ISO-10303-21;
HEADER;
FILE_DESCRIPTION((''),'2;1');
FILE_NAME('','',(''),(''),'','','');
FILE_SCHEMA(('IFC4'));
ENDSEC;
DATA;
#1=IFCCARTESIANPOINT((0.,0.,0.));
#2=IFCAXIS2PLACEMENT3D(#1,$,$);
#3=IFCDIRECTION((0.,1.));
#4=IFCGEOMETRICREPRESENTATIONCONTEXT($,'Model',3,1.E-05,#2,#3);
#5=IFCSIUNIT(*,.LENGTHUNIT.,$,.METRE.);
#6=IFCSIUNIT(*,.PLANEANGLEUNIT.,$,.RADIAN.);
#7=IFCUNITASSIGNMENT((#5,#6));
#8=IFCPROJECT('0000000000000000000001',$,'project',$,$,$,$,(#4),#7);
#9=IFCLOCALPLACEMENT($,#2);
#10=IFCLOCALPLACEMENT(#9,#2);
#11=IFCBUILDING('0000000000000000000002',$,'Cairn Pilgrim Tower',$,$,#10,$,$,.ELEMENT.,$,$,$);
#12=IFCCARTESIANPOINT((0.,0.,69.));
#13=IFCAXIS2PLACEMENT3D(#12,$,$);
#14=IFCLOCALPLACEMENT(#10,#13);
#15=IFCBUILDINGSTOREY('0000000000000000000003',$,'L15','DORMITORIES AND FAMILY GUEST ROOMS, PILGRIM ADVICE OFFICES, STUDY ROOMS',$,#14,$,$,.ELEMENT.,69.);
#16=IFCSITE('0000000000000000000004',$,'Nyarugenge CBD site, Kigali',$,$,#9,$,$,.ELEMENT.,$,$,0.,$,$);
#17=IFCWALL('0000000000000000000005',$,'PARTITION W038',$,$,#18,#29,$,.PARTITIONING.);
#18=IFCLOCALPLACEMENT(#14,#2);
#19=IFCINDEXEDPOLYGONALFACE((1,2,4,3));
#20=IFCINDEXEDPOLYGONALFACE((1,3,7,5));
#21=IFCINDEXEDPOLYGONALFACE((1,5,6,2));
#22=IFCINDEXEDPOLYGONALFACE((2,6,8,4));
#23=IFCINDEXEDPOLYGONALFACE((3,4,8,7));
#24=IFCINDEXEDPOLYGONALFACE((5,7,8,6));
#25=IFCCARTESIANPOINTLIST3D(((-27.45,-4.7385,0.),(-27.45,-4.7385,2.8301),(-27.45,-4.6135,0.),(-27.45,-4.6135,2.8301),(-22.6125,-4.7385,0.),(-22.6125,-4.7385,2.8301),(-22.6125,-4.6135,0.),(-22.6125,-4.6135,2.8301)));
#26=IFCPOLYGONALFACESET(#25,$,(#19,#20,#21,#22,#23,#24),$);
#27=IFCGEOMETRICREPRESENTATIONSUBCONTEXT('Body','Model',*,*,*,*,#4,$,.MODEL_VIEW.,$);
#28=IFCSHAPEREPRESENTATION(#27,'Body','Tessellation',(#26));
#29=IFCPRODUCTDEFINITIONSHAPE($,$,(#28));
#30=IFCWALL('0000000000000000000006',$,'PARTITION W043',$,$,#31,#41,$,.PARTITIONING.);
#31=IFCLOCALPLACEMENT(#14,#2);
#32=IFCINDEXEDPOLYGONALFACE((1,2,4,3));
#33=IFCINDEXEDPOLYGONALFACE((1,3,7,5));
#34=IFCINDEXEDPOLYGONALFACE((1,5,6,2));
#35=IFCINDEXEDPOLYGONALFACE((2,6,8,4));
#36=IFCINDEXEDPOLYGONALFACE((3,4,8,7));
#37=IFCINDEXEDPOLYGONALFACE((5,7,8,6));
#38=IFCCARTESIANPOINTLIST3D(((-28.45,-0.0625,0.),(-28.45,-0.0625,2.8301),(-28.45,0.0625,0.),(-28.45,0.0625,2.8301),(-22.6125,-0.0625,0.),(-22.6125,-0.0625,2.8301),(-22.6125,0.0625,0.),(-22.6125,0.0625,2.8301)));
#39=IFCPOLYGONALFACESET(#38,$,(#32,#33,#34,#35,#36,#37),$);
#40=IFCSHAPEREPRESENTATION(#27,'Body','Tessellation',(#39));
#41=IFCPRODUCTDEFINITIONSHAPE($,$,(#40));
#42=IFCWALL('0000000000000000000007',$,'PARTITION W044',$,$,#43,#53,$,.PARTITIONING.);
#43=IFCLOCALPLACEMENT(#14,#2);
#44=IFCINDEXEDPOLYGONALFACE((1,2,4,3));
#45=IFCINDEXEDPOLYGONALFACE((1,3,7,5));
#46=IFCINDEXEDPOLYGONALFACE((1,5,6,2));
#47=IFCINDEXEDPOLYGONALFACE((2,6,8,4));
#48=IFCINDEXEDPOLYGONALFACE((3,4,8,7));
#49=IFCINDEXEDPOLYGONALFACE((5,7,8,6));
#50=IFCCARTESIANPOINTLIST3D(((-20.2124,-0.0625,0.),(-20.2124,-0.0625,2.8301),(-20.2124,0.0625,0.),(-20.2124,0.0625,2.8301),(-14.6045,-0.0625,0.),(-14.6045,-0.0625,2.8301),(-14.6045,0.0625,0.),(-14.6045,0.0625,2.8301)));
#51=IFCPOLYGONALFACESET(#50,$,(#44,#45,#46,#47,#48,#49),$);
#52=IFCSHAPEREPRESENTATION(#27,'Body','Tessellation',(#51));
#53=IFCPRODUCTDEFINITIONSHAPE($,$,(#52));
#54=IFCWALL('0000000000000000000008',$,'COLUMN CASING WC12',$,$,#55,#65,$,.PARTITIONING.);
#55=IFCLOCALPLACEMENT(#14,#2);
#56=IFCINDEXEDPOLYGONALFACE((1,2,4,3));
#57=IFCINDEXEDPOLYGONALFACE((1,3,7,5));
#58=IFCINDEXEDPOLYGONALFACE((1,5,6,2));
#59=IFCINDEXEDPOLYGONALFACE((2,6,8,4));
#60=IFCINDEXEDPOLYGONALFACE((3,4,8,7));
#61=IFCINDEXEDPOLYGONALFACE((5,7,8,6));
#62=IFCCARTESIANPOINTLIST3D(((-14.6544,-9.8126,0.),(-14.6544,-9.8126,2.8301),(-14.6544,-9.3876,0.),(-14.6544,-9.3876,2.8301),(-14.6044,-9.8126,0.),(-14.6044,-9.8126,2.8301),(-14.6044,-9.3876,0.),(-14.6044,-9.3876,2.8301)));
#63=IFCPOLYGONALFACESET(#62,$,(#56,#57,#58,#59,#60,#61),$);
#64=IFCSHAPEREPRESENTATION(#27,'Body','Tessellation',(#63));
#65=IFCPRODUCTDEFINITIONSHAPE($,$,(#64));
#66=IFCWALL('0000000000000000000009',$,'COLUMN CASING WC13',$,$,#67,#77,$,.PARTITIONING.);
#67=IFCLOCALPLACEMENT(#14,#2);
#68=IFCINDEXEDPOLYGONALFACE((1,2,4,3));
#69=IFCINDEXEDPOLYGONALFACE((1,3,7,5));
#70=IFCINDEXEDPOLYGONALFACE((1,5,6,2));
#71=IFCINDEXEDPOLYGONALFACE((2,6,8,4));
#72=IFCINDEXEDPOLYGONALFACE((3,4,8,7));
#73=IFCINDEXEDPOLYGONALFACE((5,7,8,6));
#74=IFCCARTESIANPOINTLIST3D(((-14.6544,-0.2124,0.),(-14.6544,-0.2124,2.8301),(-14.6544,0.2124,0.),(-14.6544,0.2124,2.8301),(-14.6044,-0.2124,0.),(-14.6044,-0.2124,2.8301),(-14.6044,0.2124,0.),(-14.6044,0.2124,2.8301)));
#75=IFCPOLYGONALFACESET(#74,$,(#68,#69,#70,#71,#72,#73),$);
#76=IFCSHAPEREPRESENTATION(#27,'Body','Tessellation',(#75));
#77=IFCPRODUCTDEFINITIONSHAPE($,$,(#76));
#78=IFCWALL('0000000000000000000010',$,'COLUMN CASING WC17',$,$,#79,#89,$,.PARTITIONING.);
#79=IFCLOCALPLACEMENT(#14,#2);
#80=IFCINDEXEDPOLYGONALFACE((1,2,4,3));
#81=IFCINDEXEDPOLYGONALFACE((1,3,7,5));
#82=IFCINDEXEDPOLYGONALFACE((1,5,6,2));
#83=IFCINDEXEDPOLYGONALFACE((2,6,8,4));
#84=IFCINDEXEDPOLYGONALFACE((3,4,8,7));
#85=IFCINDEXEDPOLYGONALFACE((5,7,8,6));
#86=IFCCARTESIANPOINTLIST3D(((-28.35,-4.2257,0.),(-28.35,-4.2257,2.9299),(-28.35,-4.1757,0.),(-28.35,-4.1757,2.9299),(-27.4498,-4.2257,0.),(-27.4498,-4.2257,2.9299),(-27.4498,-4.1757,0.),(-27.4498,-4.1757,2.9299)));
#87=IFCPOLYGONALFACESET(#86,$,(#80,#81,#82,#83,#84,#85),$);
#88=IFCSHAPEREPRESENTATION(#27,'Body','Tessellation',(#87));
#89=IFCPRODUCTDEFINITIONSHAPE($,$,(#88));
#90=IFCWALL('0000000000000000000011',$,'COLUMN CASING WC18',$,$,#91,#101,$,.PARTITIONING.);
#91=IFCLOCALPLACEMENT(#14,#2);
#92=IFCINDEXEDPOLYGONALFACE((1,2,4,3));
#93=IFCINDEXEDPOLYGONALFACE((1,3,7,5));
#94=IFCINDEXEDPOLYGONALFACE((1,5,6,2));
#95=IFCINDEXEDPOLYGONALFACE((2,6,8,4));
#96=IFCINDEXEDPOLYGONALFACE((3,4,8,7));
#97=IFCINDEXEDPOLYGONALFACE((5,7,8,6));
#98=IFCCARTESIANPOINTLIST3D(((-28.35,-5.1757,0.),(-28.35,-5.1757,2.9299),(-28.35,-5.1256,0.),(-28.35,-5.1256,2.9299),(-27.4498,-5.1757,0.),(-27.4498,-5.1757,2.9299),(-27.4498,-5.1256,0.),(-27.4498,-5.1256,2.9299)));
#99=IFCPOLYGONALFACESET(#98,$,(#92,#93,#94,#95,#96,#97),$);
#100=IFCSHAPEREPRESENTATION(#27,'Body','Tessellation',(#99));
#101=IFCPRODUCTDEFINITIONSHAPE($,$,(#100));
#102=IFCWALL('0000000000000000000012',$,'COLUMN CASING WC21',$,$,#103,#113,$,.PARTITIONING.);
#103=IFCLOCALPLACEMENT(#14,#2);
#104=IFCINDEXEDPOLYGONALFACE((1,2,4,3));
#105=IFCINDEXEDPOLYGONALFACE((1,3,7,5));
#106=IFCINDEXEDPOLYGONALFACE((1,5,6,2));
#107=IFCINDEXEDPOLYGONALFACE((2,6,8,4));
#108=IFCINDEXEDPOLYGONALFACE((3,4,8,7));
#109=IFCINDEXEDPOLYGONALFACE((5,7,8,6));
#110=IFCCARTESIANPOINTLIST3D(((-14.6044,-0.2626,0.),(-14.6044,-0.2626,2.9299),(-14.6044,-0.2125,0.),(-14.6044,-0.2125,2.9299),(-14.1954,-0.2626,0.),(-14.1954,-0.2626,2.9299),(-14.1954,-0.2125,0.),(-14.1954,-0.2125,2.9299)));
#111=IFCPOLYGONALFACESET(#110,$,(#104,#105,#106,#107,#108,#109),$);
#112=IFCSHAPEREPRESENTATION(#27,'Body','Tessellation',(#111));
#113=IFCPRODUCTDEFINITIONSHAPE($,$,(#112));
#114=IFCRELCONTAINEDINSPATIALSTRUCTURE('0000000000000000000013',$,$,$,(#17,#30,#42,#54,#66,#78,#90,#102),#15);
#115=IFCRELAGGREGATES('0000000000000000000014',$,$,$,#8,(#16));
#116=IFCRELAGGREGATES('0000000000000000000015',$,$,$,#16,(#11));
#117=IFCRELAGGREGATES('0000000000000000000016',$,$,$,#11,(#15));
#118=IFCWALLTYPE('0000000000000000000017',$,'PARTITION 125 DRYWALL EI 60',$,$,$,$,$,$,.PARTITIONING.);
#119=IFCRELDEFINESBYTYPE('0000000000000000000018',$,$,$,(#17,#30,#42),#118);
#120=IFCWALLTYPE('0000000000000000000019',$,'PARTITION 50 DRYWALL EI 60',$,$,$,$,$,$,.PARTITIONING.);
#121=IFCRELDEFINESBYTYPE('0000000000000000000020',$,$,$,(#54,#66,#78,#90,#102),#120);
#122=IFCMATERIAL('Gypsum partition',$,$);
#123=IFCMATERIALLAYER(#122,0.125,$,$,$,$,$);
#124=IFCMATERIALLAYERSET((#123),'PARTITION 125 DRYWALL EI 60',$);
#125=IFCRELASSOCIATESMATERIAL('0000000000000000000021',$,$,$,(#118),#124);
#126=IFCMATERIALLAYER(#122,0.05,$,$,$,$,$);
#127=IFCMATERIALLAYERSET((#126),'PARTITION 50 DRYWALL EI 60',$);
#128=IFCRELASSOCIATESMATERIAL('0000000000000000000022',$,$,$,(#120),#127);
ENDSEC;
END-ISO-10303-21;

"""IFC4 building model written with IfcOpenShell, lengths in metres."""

from ifc_helpers import new_model, si_unit, direction, frame, frame_2d, origin, place, context, subcontext, project, spatial, rectangle, extrude, material, layer, layer_set, type_object, element, save


model = new_model("IFC4")

# Units and contexts
model_context = context("Model", 3, precision=1e-05, world=origin(), true_north=direction((0.0, 1.0)))
body_context = subcontext(model_context, "Body", "Model", "MODEL_VIEW")
ifc_project = project(units=[si_unit("LENGTHUNIT", "METRE"), si_unit("PLANEANGLEUNIT", "RADIAN")], contexts=[model_context])

# Site, building, storey
site_placement = place(None, origin())
site = spatial("IfcSite", under=ifc_project, at=site_placement, Name="Nyarugenge CBD site, Kigali", CompositionType="ELEMENT", RefElevation=0.0)
building_placement = place(site_placement, origin())
building = spatial("IfcBuilding", under=site, at=building_placement, Name="Cairn Pilgrim Tower", CompositionType="ELEMENT")
storey_placement = place(building_placement, frame((0.0, 0.0, 69.0)))
storey = spatial("IfcBuildingStorey", under=building, at=storey_placement, Name="L15", Description="DORMITORIES AND FAMILY GUEST ROOMS, PILGRIM ADVICE OFFICES, STUDY ROOMS", CompositionType="ELEMENT", Elevation=69.0)

# Shared definitions
ifc_material_1 = material(Name="Gypsum partition")
ifc_layer_1 = layer(ifc_material_1, 0.125)
ifc_layer_set_1 = layer_set([ifc_layer_1], Name="PARTITION 125 DRYWALL EI 60")
wall_type_1 = type_object("IfcWallType", Name="PARTITION 125 DRYWALL EI 60", PredefinedType="PARTITIONING", material=ifc_layer_set_1)

# Walls
wall_1_placement = place(storey_placement, frame((-27.45, -4.676, 0.0), z_axis=(0.0, 0.0, 1.0), x_axis=(1.0, 0.0, 0.0)))
element("IfcWall", 1, at=wall_1_placement, inside=storey, type_object=wall_type_1, Name="PARTITION W038", PredefinedType="PARTITIONING", context=body_context, shape_type="SweptSolid", body=[
    extrude(rectangle(XDim=4.8374, YDim=0.125, at=frame_2d((2.4187, 0.0))), origin(), (0.0, 0.0, 1.0), 2.8301),
])
wall_2_placement = place(storey_placement, frame((-28.45, 0.0, 0.0), z_axis=(0.0, 0.0, 1.0), x_axis=(1.0, 0.0, 0.0)))
element("IfcWall", 2, at=wall_2_placement, inside=storey, type_object=wall_type_1, Name="PARTITION W043", PredefinedType="PARTITIONING", context=body_context, shape_type="SweptSolid", body=[
    extrude(rectangle(XDim=5.8374, YDim=0.125, at=frame_2d((2.9187, 0.0))), origin(), (0.0, 0.0, 1.0), 2.8301),
])
wall_3_placement = place(storey_placement, frame((-20.2124, 0.0, 0.0), z_axis=(0.0, 0.0, 1.0), x_axis=(1.0, 0.0, 0.0)))
element("IfcWall", 3, at=wall_3_placement, inside=storey, type_object=wall_type_1, Name="PARTITION W044", PredefinedType="PARTITIONING", context=body_context, shape_type="SweptSolid", body=[
    extrude(rectangle(XDim=5.6079, YDim=0.125, at=frame_2d((2.804, 0.0))), origin(), (0.0, 0.0, 1.0), 2.8301),
])
ifc_layer_2 = layer(ifc_material_1, 0.05)
ifc_layer_set_2 = layer_set([ifc_layer_2], Name="PARTITION 50 DRYWALL EI 60")
wall_type_2 = type_object("IfcWallType", Name="PARTITION 50 DRYWALL EI 60", PredefinedType="PARTITIONING", material=ifc_layer_set_2)
wall_4_placement = place(storey_placement, frame((-14.6294, -9.8125, 0.0), z_axis=(0.0, 0.0, 1.0), x_axis=(0.0, 1.0, 0.0)))
element("IfcWall", 4, at=wall_4_placement, inside=storey, type_object=wall_type_2, Name="COLUMN CASING WC12", PredefinedType="PARTITIONING", context=body_context, shape_type="SweptSolid", body=[
    extrude(rectangle(XDim=0.425, YDim=0.05, at=frame_2d((0.2124, 0.0))), origin(), (0.0, 0.0, 1.0), 2.8301),
])
wall_5_placement = place(storey_placement, frame((-14.6294, -0.2124, 0.0), z_axis=(0.0, 0.0, 1.0), x_axis=(0.0, 1.0, 0.0)))
element("IfcWall", 5, at=wall_5_placement, inside=storey, type_object=wall_type_2, Name="COLUMN CASING WC13", PredefinedType="PARTITIONING", context=body_context, shape_type="SweptSolid", body=[
    extrude(rectangle(XDim=0.4248, YDim=0.05, at=frame_2d((0.2124, 0.0))), origin(), (0.0, 0.0, 1.0), 2.8301),
])
for number, where, z_axis, x_axis, name in (
    (6, (-28.3501, -4.2007, 0.0), (0.0, 0.0, 1.0), (1.0, 0.0, 0.0), "COLUMN CASING WC17"),
    (7, (-28.3501, -5.1506, 0.0), (0.0, 0.0, 1.0), (1.0, 0.0, 0.0), "COLUMN CASING WC18"),
):
    element("IfcWall", number, at=place(storey_placement, frame(where, z_axis=z_axis, x_axis=x_axis)), inside=storey, type_object=wall_type_2, Name=name, PredefinedType="PARTITIONING", context=body_context, shape_type="SweptSolid", body=[
        extrude(rectangle(XDim=0.9001, YDim=0.05, at=frame_2d((0.4502, 0.0))), origin(), (0.0, 0.0, 1.0), 2.9299),
    ])
wall_6_placement = place(storey_placement, frame((-14.6045, -0.2375, 0.0), z_axis=(0.0, 0.0, 1.0), x_axis=(1.0, 0.0, 0.0)))
element("IfcWall", 8, at=wall_6_placement, inside=storey, type_object=wall_type_2, Name="COLUMN CASING WC21", PredefinedType="PARTITIONING", context=body_context, shape_type="SweptSolid", body=[
    extrude(rectangle(XDim=0.4089, YDim=0.05, at=frame_2d((0.2046, 0.0))), origin(), (0.0, 0.0, 1.0), 2.9299),
])

save(model, "model.ifc")
